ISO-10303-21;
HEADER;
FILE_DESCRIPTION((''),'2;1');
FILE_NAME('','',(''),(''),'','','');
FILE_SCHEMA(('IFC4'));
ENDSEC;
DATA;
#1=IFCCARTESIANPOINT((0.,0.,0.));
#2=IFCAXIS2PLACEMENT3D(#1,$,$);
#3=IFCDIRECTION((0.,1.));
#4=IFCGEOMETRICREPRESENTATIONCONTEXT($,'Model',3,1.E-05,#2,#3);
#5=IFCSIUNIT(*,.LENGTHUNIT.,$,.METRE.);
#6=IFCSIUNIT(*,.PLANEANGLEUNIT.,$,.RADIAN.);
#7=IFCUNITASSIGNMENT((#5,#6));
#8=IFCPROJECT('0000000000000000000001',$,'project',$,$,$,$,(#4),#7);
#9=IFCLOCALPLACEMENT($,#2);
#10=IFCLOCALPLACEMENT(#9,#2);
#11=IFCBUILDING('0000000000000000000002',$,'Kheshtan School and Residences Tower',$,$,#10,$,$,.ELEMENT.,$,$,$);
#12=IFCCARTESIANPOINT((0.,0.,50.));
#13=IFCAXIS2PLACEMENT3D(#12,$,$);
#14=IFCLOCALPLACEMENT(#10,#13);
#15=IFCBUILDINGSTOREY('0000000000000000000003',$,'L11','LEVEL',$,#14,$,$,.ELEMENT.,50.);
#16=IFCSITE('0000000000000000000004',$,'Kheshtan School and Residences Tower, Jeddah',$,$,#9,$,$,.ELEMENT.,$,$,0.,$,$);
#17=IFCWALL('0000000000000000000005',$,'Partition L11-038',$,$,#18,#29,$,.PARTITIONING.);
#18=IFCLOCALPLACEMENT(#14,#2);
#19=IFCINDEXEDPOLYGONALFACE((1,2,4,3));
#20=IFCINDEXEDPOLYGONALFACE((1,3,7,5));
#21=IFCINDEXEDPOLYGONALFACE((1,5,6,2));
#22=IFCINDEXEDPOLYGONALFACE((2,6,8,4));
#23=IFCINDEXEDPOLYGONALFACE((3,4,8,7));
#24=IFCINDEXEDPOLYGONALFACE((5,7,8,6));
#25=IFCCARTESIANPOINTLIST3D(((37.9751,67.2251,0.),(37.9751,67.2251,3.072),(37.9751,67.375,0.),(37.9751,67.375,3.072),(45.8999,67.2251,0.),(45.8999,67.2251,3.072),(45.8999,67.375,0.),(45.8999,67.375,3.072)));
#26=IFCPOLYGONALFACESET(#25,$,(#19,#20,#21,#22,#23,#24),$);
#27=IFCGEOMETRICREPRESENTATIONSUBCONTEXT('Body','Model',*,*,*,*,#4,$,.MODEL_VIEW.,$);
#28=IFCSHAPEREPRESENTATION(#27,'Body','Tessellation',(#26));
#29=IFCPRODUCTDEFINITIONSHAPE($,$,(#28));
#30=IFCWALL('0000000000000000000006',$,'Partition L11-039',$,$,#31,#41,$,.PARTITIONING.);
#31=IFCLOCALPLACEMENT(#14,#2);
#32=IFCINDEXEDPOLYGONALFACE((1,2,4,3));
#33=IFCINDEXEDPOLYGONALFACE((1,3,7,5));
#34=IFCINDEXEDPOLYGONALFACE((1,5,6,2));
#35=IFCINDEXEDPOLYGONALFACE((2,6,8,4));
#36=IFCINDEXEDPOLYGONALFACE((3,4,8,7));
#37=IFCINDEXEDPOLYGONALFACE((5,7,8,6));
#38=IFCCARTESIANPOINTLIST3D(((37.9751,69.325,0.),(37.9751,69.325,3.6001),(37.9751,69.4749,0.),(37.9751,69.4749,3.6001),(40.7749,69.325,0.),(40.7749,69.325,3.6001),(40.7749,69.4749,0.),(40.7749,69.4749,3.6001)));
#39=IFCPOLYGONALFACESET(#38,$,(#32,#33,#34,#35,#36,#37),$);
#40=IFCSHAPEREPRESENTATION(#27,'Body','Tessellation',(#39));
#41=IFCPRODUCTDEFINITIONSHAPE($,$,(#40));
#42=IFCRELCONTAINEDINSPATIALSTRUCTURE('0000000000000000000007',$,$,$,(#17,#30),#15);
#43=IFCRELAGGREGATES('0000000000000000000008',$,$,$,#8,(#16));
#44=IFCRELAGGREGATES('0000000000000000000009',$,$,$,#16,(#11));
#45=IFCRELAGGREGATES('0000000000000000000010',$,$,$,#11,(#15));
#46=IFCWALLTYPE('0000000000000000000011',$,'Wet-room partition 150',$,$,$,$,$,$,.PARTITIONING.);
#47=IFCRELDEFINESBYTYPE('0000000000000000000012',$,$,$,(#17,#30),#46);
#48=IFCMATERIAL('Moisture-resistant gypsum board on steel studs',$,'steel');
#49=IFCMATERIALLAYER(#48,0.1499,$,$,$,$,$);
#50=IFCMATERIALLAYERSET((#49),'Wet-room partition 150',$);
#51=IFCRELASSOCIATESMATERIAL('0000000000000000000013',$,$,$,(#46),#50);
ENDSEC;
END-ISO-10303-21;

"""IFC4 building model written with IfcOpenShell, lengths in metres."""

from ifc_helpers import new_model, si_unit, direction, frame, frame_2d, origin, place, context, subcontext, project, spatial, rectangle, extrude, material, layer, layer_set, type_object, element, save


model = new_model("IFC4")

# Units and contexts
model_context = context("Model", 3, precision=1e-05, world=origin(), true_north=direction((0.0, 1.0)))
body_context = subcontext(model_context, "Body", "Model", "MODEL_VIEW")
ifc_project = project(units=[si_unit("LENGTHUNIT", "METRE"), si_unit("PLANEANGLEUNIT", "RADIAN")], contexts=[model_context])

# Site, building, storey
site_placement = place(None, origin())
site = spatial("IfcSite", under=ifc_project, at=site_placement, Name="Kheshtan School and Residences Tower, Jeddah", CompositionType="ELEMENT", RefElevation=0.0)
building_placement = place(site_placement, origin())
building = spatial("IfcBuilding", under=site, at=building_placement, Name="Kheshtan School and Residences Tower", CompositionType="ELEMENT")
storey_placement = place(building_placement, frame((0.0, 0.0, 50.0)))
storey = spatial("IfcBuildingStorey", under=building, at=storey_placement, Name="L11", Description="LEVEL", CompositionType="ELEMENT", Elevation=50.0)

# Shared definitions
ifc_material_1 = material(Name="Moisture-resistant gypsum board on steel studs", Category="steel")
ifc_layer_1 = layer(ifc_material_1, 0.1499)
ifc_layer_set_1 = layer_set([ifc_layer_1], Name="Wet-room partition 150")
wall_type_1 = type_object("IfcWallType", Name="Wet-room partition 150", PredefinedType="PARTITIONING", material=ifc_layer_set_1)

# Walls
wall_1_placement = place(storey_placement, frame((37.9751, 67.3, 0.0), z_axis=(0.0, 0.0, 1.0), x_axis=(1.0, 0.0, 0.0)))
element("IfcWall", 1, at=wall_1_placement, inside=storey, type_object=wall_type_1, Name="Partition L11-038", PredefinedType="PARTITIONING", context=body_context, shape_type="SweptSolid", body=[
    extrude(rectangle(XDim=7.9248, YDim=0.1499, at=frame_2d((3.9624, 0.0))), origin(), (0.0, 0.0, 1.0), 3.072),
])
wall_2_placement = place(storey_placement, frame((37.9751, 69.3999, 0.0), z_axis=(0.0, 0.0, 1.0), x_axis=(1.0, 0.0, 0.0)))
element("IfcWall", 2, at=wall_2_placement, inside=storey, type_object=wall_type_1, Name="Partition L11-039", PredefinedType="PARTITIONING", context=body_context, shape_type="SweptSolid", body=[
    extrude(rectangle(XDim=2.7998, YDim=0.1499, at=frame_2d((1.3999, 0.0))), origin(), (0.0, 0.0, 1.0), 3.6001),
])

save(model, "model.ifc")
